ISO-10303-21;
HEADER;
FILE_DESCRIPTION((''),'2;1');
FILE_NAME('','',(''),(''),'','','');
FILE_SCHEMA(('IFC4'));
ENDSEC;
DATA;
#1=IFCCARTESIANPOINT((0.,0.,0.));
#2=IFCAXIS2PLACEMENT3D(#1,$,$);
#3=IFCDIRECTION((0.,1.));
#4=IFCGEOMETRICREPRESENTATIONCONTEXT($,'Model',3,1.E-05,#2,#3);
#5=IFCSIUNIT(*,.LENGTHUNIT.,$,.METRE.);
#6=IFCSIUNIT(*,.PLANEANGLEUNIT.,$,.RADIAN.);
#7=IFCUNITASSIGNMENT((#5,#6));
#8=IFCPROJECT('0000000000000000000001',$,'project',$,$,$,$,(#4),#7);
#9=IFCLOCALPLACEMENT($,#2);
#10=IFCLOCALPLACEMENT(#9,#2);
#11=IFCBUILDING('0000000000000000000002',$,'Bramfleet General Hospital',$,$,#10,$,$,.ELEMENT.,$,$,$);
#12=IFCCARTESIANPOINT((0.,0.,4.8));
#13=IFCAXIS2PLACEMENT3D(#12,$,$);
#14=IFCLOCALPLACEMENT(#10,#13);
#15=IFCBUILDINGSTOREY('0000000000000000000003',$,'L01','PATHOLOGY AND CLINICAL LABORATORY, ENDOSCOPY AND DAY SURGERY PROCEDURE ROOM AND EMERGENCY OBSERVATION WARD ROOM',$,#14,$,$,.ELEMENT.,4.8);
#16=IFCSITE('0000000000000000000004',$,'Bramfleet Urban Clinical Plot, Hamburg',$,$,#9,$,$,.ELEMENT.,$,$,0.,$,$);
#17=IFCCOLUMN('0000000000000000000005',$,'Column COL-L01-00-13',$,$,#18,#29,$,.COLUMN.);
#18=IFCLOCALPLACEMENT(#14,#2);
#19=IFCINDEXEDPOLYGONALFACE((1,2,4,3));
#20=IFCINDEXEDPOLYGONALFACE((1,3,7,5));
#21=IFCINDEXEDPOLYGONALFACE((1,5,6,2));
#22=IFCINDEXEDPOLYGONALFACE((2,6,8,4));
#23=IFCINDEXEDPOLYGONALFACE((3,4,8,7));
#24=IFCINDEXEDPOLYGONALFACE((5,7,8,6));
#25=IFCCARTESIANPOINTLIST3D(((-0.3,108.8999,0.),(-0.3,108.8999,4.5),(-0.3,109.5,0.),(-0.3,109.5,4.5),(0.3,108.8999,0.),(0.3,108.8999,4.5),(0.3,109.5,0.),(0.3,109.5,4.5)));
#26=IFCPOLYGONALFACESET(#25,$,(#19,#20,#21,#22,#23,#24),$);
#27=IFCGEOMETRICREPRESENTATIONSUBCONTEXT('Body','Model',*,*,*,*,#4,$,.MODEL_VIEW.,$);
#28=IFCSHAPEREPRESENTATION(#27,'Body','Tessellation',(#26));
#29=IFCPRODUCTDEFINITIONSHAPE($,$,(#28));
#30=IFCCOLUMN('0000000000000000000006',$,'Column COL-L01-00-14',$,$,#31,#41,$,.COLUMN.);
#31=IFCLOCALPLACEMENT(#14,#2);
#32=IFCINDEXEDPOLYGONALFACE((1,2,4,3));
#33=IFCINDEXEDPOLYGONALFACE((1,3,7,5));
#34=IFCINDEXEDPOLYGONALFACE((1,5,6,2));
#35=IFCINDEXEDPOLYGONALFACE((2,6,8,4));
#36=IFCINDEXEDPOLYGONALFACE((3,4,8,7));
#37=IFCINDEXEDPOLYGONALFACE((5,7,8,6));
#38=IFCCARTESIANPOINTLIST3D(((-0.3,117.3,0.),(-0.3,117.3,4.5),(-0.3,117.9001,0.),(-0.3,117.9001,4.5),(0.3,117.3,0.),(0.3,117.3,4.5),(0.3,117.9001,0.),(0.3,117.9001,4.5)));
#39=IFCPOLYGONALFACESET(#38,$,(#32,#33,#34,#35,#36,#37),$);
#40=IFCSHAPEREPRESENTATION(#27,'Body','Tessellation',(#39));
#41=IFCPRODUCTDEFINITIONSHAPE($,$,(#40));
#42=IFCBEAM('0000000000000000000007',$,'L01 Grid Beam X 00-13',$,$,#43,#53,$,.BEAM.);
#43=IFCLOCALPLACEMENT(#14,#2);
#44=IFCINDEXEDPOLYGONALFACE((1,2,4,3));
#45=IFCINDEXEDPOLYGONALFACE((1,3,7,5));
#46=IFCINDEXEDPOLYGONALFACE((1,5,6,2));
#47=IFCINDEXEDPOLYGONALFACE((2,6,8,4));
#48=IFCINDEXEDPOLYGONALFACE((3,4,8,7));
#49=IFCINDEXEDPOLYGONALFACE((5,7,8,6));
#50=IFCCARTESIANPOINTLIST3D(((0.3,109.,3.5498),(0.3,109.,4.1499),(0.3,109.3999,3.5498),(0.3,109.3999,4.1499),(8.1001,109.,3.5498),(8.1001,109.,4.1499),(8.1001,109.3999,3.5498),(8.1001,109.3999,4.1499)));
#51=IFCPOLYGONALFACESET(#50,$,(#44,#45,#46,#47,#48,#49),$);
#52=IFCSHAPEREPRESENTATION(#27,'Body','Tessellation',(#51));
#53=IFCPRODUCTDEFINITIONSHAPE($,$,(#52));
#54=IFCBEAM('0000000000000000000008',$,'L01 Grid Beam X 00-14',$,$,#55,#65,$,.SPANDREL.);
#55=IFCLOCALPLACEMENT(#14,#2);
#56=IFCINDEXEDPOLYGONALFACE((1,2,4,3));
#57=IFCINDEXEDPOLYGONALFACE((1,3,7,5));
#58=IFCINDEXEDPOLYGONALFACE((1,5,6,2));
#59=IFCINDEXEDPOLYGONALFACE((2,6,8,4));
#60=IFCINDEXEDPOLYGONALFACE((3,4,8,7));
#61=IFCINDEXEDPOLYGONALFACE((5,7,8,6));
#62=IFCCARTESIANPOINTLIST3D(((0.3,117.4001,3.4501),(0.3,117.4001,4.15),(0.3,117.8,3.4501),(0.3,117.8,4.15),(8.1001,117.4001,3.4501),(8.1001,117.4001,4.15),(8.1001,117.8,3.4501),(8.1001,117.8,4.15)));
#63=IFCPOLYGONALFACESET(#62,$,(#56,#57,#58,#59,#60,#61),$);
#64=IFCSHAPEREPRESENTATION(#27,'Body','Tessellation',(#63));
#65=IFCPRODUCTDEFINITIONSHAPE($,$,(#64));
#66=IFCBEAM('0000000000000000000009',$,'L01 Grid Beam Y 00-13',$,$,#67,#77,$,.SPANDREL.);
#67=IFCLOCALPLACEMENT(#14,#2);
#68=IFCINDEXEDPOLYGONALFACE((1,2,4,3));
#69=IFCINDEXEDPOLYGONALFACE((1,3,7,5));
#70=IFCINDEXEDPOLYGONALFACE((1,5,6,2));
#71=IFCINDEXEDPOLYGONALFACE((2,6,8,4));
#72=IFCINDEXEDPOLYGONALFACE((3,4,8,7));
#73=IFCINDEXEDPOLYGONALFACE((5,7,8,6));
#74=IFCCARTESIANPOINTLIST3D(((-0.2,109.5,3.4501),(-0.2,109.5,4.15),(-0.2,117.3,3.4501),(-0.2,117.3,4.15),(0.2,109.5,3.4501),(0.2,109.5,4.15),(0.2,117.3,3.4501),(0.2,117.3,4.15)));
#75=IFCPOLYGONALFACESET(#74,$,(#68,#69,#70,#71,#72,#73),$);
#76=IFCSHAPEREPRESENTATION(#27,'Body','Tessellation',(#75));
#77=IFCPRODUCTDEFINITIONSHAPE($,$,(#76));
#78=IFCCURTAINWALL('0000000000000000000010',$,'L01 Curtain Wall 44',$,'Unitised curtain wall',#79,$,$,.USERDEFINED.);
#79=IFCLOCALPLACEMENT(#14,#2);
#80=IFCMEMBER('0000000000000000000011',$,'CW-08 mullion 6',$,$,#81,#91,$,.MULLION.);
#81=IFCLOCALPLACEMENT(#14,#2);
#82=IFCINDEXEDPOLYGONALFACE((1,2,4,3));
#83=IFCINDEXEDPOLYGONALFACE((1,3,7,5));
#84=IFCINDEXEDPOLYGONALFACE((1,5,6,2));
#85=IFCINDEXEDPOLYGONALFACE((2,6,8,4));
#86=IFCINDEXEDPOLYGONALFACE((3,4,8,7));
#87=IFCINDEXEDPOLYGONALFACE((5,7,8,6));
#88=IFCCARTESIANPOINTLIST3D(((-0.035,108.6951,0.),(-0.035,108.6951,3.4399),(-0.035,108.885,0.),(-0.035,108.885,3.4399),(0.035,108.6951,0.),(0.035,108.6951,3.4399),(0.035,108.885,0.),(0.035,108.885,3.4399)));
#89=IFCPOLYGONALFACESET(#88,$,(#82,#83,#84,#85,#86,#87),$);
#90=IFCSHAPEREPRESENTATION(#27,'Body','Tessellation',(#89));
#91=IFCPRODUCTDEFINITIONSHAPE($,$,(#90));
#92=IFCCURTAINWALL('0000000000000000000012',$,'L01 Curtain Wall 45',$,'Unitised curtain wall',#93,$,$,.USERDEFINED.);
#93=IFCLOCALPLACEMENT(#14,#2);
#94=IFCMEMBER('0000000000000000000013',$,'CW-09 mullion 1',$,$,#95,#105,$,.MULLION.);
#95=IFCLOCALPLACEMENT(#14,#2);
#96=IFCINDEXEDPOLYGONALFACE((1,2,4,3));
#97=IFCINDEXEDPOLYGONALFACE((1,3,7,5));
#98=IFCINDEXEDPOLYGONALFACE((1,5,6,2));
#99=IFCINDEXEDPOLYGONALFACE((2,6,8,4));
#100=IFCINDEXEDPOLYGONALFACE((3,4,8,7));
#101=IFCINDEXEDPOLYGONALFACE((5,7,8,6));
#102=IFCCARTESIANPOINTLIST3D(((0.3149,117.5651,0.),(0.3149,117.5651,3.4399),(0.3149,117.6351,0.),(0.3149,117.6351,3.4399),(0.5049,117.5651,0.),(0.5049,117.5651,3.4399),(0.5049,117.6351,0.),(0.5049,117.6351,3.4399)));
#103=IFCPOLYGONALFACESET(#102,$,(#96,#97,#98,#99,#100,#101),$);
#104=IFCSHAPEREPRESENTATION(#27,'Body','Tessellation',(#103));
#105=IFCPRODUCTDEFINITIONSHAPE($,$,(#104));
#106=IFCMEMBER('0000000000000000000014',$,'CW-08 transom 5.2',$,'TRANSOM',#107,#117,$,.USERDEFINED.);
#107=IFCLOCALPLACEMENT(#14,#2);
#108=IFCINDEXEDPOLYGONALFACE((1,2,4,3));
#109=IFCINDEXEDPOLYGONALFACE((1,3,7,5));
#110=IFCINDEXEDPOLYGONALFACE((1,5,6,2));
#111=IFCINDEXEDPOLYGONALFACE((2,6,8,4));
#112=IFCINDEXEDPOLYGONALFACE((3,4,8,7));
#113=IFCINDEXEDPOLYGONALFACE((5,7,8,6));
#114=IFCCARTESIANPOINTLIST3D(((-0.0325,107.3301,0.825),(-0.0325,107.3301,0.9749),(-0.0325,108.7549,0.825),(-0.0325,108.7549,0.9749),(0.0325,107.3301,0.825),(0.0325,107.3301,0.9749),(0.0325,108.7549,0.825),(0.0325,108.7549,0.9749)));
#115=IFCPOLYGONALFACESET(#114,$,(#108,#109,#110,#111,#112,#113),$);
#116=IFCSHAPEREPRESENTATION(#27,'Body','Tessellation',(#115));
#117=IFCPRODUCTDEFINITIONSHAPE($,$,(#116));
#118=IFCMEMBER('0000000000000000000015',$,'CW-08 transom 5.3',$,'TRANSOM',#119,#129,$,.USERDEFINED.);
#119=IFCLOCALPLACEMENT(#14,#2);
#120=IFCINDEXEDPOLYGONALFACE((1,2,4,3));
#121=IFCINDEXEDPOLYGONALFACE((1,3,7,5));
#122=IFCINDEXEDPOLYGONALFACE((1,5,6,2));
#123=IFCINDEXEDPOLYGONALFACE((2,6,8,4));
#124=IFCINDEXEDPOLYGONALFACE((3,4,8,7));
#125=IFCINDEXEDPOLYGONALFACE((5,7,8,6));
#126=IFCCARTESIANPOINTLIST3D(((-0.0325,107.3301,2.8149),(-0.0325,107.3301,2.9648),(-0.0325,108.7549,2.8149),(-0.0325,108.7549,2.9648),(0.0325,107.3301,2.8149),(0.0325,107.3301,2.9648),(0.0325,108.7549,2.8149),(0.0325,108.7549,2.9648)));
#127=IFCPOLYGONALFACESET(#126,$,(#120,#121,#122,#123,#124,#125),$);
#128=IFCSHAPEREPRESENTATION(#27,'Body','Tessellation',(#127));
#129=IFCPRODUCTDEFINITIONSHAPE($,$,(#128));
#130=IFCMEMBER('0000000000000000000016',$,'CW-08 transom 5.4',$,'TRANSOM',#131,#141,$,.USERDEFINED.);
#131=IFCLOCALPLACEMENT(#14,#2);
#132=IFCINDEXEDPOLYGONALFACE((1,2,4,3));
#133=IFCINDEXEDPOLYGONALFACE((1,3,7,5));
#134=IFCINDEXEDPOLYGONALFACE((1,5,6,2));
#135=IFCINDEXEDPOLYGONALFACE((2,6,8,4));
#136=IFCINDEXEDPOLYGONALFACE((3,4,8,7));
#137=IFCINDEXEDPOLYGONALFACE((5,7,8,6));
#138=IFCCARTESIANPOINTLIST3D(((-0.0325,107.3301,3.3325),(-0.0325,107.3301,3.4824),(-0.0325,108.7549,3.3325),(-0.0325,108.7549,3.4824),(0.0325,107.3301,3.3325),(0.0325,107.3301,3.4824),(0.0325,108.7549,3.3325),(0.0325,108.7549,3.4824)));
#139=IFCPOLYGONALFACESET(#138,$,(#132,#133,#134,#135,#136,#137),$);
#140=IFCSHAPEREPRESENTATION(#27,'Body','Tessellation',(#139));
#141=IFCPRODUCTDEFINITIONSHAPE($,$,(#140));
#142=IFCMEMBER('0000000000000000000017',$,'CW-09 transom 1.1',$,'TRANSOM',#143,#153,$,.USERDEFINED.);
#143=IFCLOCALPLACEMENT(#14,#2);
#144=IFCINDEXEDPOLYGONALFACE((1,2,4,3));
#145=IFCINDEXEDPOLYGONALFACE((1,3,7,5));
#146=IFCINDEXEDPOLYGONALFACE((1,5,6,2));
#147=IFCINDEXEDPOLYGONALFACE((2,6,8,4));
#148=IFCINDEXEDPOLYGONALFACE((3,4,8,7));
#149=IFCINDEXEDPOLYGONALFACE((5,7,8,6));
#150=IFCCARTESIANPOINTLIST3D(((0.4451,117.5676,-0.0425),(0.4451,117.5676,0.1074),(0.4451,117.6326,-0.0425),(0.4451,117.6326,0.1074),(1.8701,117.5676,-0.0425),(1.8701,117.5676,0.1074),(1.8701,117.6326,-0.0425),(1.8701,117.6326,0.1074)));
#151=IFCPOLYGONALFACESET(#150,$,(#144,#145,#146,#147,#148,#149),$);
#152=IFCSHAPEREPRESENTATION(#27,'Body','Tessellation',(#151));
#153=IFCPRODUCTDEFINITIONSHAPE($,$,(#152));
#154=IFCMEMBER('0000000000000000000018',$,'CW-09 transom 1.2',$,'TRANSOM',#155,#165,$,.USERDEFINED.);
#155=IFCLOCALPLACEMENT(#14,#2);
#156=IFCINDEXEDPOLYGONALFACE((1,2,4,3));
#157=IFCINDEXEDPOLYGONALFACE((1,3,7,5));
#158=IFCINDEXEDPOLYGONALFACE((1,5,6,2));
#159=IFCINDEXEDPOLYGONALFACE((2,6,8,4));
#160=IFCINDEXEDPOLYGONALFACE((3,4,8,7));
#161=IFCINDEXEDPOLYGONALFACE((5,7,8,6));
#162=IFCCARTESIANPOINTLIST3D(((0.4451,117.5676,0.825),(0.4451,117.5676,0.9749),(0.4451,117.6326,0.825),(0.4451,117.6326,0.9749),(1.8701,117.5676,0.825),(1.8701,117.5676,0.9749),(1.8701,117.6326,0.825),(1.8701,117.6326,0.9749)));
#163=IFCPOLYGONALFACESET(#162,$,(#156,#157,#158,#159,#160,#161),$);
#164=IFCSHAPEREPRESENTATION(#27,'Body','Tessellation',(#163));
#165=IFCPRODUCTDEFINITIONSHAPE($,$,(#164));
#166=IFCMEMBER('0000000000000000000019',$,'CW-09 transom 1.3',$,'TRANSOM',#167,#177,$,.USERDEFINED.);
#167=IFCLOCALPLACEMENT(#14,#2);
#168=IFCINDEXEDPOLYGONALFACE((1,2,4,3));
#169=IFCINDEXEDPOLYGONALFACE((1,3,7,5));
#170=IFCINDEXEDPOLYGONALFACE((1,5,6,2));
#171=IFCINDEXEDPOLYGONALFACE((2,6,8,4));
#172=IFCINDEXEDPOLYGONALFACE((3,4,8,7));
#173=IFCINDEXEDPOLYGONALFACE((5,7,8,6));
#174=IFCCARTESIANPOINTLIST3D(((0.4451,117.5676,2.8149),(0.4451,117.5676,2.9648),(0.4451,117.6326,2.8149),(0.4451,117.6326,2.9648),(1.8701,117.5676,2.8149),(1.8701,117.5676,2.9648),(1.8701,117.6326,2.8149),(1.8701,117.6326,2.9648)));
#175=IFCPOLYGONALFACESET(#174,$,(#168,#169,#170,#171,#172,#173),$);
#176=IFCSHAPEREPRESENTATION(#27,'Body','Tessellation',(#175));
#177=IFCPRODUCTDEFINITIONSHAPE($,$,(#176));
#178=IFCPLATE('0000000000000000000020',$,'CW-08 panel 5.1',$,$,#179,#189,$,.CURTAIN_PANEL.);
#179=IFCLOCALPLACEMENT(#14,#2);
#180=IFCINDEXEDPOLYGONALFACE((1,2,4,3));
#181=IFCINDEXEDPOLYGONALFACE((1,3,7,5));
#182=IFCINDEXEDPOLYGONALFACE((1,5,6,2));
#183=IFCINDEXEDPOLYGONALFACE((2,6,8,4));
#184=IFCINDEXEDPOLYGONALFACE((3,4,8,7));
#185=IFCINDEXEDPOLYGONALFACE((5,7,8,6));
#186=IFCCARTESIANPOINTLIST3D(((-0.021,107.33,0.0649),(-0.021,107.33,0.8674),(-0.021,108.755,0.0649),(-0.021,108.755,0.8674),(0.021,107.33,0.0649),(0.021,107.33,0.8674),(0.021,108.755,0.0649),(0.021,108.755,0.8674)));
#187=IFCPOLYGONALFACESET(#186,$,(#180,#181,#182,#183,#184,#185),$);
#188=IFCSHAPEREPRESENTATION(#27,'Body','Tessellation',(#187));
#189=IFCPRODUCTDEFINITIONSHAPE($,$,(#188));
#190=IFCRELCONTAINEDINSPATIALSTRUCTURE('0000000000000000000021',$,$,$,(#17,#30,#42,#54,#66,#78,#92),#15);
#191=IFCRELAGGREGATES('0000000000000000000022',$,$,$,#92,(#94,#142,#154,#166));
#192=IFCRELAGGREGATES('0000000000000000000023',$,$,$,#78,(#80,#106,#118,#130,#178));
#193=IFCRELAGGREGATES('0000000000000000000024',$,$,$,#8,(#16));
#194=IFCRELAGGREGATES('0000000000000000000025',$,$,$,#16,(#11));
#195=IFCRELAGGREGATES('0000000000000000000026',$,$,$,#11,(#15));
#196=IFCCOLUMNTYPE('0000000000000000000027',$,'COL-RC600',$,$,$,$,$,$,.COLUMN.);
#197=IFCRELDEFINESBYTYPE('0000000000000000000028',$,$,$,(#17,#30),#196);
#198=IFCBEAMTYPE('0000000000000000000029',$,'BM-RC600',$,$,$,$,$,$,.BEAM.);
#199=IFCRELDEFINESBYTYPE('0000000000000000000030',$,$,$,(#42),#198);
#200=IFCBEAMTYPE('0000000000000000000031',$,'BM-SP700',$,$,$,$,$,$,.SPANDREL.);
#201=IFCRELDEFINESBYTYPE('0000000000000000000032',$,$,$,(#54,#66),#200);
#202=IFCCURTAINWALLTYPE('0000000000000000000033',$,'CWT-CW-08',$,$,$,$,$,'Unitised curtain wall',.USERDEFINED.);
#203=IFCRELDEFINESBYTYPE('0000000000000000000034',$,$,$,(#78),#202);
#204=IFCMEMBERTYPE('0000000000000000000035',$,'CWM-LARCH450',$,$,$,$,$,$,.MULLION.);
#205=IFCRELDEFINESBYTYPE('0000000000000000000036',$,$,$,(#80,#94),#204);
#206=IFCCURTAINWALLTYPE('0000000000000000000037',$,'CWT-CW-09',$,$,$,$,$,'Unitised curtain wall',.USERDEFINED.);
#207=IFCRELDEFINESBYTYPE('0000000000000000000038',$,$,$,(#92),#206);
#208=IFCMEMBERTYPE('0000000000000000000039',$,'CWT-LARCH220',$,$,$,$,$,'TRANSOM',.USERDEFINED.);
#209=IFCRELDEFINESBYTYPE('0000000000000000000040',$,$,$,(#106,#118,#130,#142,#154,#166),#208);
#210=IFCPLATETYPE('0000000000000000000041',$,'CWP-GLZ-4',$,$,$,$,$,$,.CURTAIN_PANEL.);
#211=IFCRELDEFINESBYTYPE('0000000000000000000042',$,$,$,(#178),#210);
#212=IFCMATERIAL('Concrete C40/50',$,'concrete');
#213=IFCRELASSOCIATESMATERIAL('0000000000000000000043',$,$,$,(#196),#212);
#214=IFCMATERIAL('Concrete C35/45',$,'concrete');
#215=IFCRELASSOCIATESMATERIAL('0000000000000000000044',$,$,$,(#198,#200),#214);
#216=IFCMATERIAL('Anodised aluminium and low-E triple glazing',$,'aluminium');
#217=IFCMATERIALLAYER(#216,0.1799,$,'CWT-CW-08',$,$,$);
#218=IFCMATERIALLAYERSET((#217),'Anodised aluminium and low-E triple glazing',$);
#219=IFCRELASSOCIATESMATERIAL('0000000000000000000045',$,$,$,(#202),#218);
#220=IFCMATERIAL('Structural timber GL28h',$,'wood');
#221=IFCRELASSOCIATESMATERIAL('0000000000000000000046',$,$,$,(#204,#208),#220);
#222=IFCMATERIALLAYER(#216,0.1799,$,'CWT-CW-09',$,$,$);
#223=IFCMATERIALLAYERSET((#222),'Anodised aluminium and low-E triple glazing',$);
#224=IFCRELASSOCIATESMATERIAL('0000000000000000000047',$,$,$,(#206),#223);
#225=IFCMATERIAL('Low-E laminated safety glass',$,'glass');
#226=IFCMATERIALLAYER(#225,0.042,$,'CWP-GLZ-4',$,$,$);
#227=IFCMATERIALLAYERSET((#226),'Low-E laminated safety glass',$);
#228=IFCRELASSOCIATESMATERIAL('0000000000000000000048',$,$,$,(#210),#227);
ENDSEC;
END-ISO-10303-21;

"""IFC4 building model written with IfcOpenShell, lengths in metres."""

from ifc_helpers import new_model, si_unit, direction, frame, origin, origin_2d, place, context, subcontext, project, spatial, rectangle, extrude, material, layer, layer_set, material_profile, profile_set, type_object, element, aggregate, save


model = new_model("IFC4")

# Units and contexts
model_context = context("Model", 3, precision=1e-05, world=origin(), true_north=direction((0.0, 1.0)))
body_context = subcontext(model_context, "Body", "Model", "MODEL_VIEW")
ifc_project = project(units=[si_unit("LENGTHUNIT", "METRE"), si_unit("PLANEANGLEUNIT", "RADIAN")], contexts=[model_context])

# Site, building, storey
site_placement = place(None, origin())
site = spatial("IfcSite", under=ifc_project, at=site_placement, Name="Bramfleet Urban Clinical Plot, Hamburg", CompositionType="ELEMENT", RefElevation=0.0)
building_placement = place(site_placement, origin())
building = spatial("IfcBuilding", under=site, at=building_placement, Name="Bramfleet General Hospital", CompositionType="ELEMENT")
storey_placement = place(building_placement, frame((0.0, 0.0, 4.8)))
storey = spatial("IfcBuildingStorey", under=building, at=storey_placement, Name="L01", Description="PATHOLOGY AND CLINICAL LABORATORY, ENDOSCOPY AND DAY SURGERY PROCEDURE ROOM AND EMERGENCY OBSERVATION WARD ROOM", CompositionType="ELEMENT", Elevation=4.8)

# Columns
ifc_material_1 = material(Name="Concrete C40/50", Category="concrete")
ifc_material_profile_1 = material_profile(ifc_material_1, rectangle(XDim=0.6001, YDim=0.6001, at=origin_2d()), Name="RC COL 600x600")
ifc_profile_set_1 = profile_set([ifc_material_profile_1], Name="Concrete C40/50")
column_type = type_object("IfcColumnType", Name="COL-RC600", PredefinedType="COLUMN", material=ifc_profile_set_1)
for number, where, z_axis, x_axis, name in (
    (1, (0.0, 109.2, 0.0), (0.0, 0.0, 1.0), (1.0, 0.0, 0.0), "Column COL-L01-00-13"),
    (2, (0.0, 117.6001, 0.0), (0.0, 0.0, 1.0), (1.0, 0.0, 0.0), "Column COL-L01-00-14"),
):
    element("IfcColumn", number, at=place(storey_placement, frame(where, z_axis=z_axis, x_axis=x_axis)), inside=storey, type_object=column_type, Name=name, PredefinedType="COLUMN", context=body_context, shape_type="SweptSolid", body=[
        extrude(rectangle(XDim=0.6001, YDim=0.6001, at=origin_2d()), origin(), (0.0, 0.0, 1.0), 4.5),
    ])

# Beams
ifc_material_2 = material(Name="Concrete C35/45", Category="concrete")
ifc_material_profile_2 = material_profile(ifc_material_2, rectangle(XDim=0.3999, YDim=0.6001, at=origin_2d()), Name="RC BM 600x400")
ifc_profile_set_2 = profile_set([ifc_material_profile_2], Name="Concrete C35/45")
beam_type_1 = type_object("IfcBeamType", Name="BM-RC600", PredefinedType="BEAM", material=ifc_profile_set_2)
beam_placement = place(storey_placement, frame((0.3, 109.2, 3.8499), z_axis=(1.0, 0.0, 0.0), x_axis=(0.0, 1.0, 0.0)))
element("IfcBeam", 3, at=beam_placement, inside=storey, type_object=beam_type_1, Name="L01 Grid Beam X 00-13", PredefinedType="BEAM", context=body_context, shape_type="SweptSolid", body=[
    extrude(rectangle(XDim=0.3999, YDim=0.6001, at=origin_2d()), origin(), (0.0, 0.0, 1.0), 7.8),
])
ifc_material_profile_3 = material_profile(ifc_material_2, rectangle(XDim=0.3999, YDim=0.7, at=origin_2d()), Name="RC SP 700x400")
ifc_profile_set_3 = profile_set([ifc_material_profile_3], Name="Concrete C35/45")
beam_type_2 = type_object("IfcBeamType", Name="BM-SP700", PredefinedType="SPANDREL", material=ifc_profile_set_3)
for number, where, z_axis, x_axis, name in (
    (4, (0.3, 117.6001, 3.8), (1.0, 0.0, 0.0), (0.0, 1.0, 0.0), "L01 Grid Beam X 00-14"),
    (5, (0.0, 109.5, 3.8), (0.0, 1.0, 0.0), (-1.0, 0.0, 0.0), "L01 Grid Beam Y 00-13"),
):
    element("IfcBeam", number, at=place(storey_placement, frame(where, z_axis=z_axis, x_axis=x_axis)), inside=storey, type_object=beam_type_2, Name=name, PredefinedType="SPANDREL", context=body_context, shape_type="SweptSolid", body=[
        extrude(rectangle(XDim=0.3999, YDim=0.7, at=origin_2d()), origin(), (0.0, 0.0, 1.0), 7.8),
    ])

# Curtain walls, members
ifc_material_3 = material(Name="Anodised aluminium and low-E triple glazing", Category="aluminium")
ifc_layer_1 = layer(ifc_material_3, 0.1799, Name="CWT-CW-08")
ifc_layer_set_1 = layer_set([ifc_layer_1], Name="Anodised aluminium and low-E triple glazing")
curtain_wall_type_1 = type_object("IfcCurtainWallType", Name="CWT-CW-08", ElementType="Unitised curtain wall", PredefinedType="USERDEFINED", material=ifc_layer_set_1)
curtain_wall_1_placement = place(storey_placement, origin())
curtain_wall_1 = element("IfcCurtainWall", 6, at=curtain_wall_1_placement, inside=storey, type_object=curtain_wall_type_1, Name="L01 Curtain Wall 44", ObjectType="Unitised curtain wall", PredefinedType="USERDEFINED")
ifc_material_4 = material(Name="Structural timber GL28h", Category="wood")
ifc_material_profile_4 = material_profile(ifc_material_4, rectangle(XDim=0.0701, YDim=0.1899, at=origin_2d()), Name="LARCH 190x70")
ifc_profile_set_4 = profile_set([ifc_material_profile_4], Name="Structural timber GL28h")
member_type_1 = type_object("IfcMemberType", Name="CWM-LARCH450", PredefinedType="MULLION", material=ifc_profile_set_4)
member_1_placement = place(storey_placement, frame((0.0, 108.79, 0.0), z_axis=(0.0, 0.0, 1.0), x_axis=(-1.0, 0.0, 0.0)))
member_1 = element("IfcMember", 7, at=member_1_placement, type_object=member_type_1, Name="CW-08 mullion 6", PredefinedType="MULLION", context=body_context, shape_type="SweptSolid", body=[
    extrude(rectangle(XDim=0.0701, YDim=0.1899, at=origin_2d()), origin(), (0.0, 0.0, 1.0), 3.4399),
])
ifc_layer_2 = layer(ifc_material_3, 0.1799, Name="CWT-CW-09")
ifc_layer_set_2 = layer_set([ifc_layer_2], Name="Anodised aluminium and low-E triple glazing")
curtain_wall_type_2 = type_object("IfcCurtainWallType", Name="CWT-CW-09", ElementType="Unitised curtain wall", PredefinedType="USERDEFINED", material=ifc_layer_set_2)
curtain_wall_2_placement = place(storey_placement, origin())
curtain_wall_2 = element("IfcCurtainWall", 8, at=curtain_wall_2_placement, inside=storey, type_object=curtain_wall_type_2, Name="L01 Curtain Wall 45", ObjectType="Unitised curtain wall", PredefinedType="USERDEFINED")
member_2_placement = place(storey_placement, frame((0.4099, 117.6001, 0.0), z_axis=(0.0, 0.0, 1.0), x_axis=(0.0, 1.0, 0.0)))
member_2 = element("IfcMember", 9, at=member_2_placement, type_object=member_type_1, Name="CW-09 mullion 1", PredefinedType="MULLION", context=body_context, shape_type="SweptSolid", body=[
    extrude(rectangle(XDim=0.0701, YDim=0.1899, at=origin_2d()), origin(), (0.0, 0.0, 1.0), 3.4399),
])

# Members
ifc_material_profile_5 = material_profile(ifc_material_4, rectangle(XDim=0.0649, YDim=0.1499, at=origin_2d()), Name="LARCH 150x65")
ifc_profile_set_5 = profile_set([ifc_material_profile_5], Name="Structural timber GL28h")
member_type_2 = type_object("IfcMemberType", Name="CWT-LARCH220", ElementType="TRANSOM", PredefinedType="USERDEFINED", material=ifc_profile_set_5)
member_3_placement = place(storey_placement, frame((0.0, 107.3301, 0.8999), z_axis=(0.0, 1.0, 0.0), x_axis=(-1.0, 0.0, 0.0)))
member_3 = element("IfcMember", 10, at=member_3_placement, type_object=member_type_2, Name="CW-08 transom 5.2", ObjectType="TRANSOM", PredefinedType="USERDEFINED", context=body_context, shape_type="SweptSolid", body=[
    extrude(rectangle(XDim=0.0649, YDim=0.1499, at=origin_2d()), origin(), (0.0, 0.0, 1.0), 1.4248),
])
member_4_placement = place(storey_placement, frame((0.0, 107.3301, 2.8899), z_axis=(0.0, 1.0, 0.0), x_axis=(-1.0, 0.0, 0.0)))
member_4 = element("IfcMember", 11, at=member_4_placement, type_object=member_type_2, Name="CW-08 transom 5.3", ObjectType="TRANSOM", PredefinedType="USERDEFINED", context=body_context, shape_type="SweptSolid", body=[
    extrude(rectangle(XDim=0.0649, YDim=0.1499, at=origin_2d()), origin(), (0.0, 0.0, 1.0), 1.4248),
])
member_5_placement = place(storey_placement, frame((0.0, 107.3301, 3.4075), z_axis=(0.0, 1.0, 0.0), x_axis=(-1.0, 0.0, 0.0)))
member_5 = element("IfcMember", 12, at=member_5_placement, type_object=member_type_2, Name="CW-08 transom 5.4", ObjectType="TRANSOM", PredefinedType="USERDEFINED", context=body_context, shape_type="SweptSolid", body=[
    extrude(rectangle(XDim=0.0649, YDim=0.1499, at=origin_2d()), origin(), (0.0, 0.0, 1.0), 1.4248),
])
member_6_placement = place(storey_placement, frame((0.4451, 117.6001, 0.0325), z_axis=(1.0, 0.0, 0.0), x_axis=(0.0, 1.0, 0.0)))
member_6 = element("IfcMember", 13, at=member_6_placement, type_object=member_type_2, Name="CW-09 transom 1.1", ObjectType="TRANSOM", PredefinedType="USERDEFINED", context=body_context, shape_type="SweptSolid", body=[
    extrude(rectangle(XDim=0.0649, YDim=0.1499, at=origin_2d()), origin(), (0.0, 0.0, 1.0), 1.425),
])
member_7_placement = place(storey_placement, frame((0.4451, 117.6001, 0.8999), z_axis=(1.0, 0.0, 0.0), x_axis=(0.0, 1.0, 0.0)))
member_7 = element("IfcMember", 14, at=member_7_placement, type_object=member_type_2, Name="CW-09 transom 1.2", ObjectType="TRANSOM", PredefinedType="USERDEFINED", context=body_context, shape_type="SweptSolid", body=[
    extrude(rectangle(XDim=0.0649, YDim=0.1499, at=origin_2d()), origin(), (0.0, 0.0, 1.0), 1.425),
])
member_8_placement = place(storey_placement, frame((0.4451, 117.6001, 2.8899), z_axis=(1.0, 0.0, 0.0), x_axis=(0.0, 1.0, 0.0)))
member_8 = element("IfcMember", 15, at=member_8_placement, type_object=member_type_2, Name="CW-09 transom 1.3", ObjectType="TRANSOM", PredefinedType="USERDEFINED", context=body_context, shape_type="SweptSolid", body=[
    extrude(rectangle(XDim=0.0649, YDim=0.1499, at=origin_2d()), origin(), (0.0, 0.0, 1.0), 1.425),
])
aggregate(curtain_wall_2, [member_2, member_6, member_7, member_8])

# Plate
ifc_material_5 = material(Name="Low-E laminated safety glass", Category="glass")
ifc_layer_3 = layer(ifc_material_5, 0.042, Name="CWP-GLZ-4")
ifc_layer_set_3 = layer_set([ifc_layer_3], Name="Low-E laminated safety glass")
plate_type = type_object("IfcPlateType", Name="CWP-GLZ-4", PredefinedType="CURTAIN_PANEL", material=ifc_layer_set_3)
plate_1_placement = place(storey_placement, frame((0.0, 108.0425, 0.0649), z_axis=(0.0, 0.0, 1.0), x_axis=(0.0, 1.0, 0.0)))
plate_1 = element("IfcPlate", 16, at=plate_1_placement, type_object=plate_type, Name="CW-08 panel 5.1", PredefinedType="CURTAIN_PANEL", context=body_context, shape_type="SweptSolid", body=[
    extrude(rectangle(XDim=1.425, YDim=0.042, at=origin_2d()), origin(), (0.0, 0.0, 1.0), 0.8025),
])
aggregate(curtain_wall_1, [member_1, member_3, member_4, member_5, plate_1])

save(model, "model.ifc")
